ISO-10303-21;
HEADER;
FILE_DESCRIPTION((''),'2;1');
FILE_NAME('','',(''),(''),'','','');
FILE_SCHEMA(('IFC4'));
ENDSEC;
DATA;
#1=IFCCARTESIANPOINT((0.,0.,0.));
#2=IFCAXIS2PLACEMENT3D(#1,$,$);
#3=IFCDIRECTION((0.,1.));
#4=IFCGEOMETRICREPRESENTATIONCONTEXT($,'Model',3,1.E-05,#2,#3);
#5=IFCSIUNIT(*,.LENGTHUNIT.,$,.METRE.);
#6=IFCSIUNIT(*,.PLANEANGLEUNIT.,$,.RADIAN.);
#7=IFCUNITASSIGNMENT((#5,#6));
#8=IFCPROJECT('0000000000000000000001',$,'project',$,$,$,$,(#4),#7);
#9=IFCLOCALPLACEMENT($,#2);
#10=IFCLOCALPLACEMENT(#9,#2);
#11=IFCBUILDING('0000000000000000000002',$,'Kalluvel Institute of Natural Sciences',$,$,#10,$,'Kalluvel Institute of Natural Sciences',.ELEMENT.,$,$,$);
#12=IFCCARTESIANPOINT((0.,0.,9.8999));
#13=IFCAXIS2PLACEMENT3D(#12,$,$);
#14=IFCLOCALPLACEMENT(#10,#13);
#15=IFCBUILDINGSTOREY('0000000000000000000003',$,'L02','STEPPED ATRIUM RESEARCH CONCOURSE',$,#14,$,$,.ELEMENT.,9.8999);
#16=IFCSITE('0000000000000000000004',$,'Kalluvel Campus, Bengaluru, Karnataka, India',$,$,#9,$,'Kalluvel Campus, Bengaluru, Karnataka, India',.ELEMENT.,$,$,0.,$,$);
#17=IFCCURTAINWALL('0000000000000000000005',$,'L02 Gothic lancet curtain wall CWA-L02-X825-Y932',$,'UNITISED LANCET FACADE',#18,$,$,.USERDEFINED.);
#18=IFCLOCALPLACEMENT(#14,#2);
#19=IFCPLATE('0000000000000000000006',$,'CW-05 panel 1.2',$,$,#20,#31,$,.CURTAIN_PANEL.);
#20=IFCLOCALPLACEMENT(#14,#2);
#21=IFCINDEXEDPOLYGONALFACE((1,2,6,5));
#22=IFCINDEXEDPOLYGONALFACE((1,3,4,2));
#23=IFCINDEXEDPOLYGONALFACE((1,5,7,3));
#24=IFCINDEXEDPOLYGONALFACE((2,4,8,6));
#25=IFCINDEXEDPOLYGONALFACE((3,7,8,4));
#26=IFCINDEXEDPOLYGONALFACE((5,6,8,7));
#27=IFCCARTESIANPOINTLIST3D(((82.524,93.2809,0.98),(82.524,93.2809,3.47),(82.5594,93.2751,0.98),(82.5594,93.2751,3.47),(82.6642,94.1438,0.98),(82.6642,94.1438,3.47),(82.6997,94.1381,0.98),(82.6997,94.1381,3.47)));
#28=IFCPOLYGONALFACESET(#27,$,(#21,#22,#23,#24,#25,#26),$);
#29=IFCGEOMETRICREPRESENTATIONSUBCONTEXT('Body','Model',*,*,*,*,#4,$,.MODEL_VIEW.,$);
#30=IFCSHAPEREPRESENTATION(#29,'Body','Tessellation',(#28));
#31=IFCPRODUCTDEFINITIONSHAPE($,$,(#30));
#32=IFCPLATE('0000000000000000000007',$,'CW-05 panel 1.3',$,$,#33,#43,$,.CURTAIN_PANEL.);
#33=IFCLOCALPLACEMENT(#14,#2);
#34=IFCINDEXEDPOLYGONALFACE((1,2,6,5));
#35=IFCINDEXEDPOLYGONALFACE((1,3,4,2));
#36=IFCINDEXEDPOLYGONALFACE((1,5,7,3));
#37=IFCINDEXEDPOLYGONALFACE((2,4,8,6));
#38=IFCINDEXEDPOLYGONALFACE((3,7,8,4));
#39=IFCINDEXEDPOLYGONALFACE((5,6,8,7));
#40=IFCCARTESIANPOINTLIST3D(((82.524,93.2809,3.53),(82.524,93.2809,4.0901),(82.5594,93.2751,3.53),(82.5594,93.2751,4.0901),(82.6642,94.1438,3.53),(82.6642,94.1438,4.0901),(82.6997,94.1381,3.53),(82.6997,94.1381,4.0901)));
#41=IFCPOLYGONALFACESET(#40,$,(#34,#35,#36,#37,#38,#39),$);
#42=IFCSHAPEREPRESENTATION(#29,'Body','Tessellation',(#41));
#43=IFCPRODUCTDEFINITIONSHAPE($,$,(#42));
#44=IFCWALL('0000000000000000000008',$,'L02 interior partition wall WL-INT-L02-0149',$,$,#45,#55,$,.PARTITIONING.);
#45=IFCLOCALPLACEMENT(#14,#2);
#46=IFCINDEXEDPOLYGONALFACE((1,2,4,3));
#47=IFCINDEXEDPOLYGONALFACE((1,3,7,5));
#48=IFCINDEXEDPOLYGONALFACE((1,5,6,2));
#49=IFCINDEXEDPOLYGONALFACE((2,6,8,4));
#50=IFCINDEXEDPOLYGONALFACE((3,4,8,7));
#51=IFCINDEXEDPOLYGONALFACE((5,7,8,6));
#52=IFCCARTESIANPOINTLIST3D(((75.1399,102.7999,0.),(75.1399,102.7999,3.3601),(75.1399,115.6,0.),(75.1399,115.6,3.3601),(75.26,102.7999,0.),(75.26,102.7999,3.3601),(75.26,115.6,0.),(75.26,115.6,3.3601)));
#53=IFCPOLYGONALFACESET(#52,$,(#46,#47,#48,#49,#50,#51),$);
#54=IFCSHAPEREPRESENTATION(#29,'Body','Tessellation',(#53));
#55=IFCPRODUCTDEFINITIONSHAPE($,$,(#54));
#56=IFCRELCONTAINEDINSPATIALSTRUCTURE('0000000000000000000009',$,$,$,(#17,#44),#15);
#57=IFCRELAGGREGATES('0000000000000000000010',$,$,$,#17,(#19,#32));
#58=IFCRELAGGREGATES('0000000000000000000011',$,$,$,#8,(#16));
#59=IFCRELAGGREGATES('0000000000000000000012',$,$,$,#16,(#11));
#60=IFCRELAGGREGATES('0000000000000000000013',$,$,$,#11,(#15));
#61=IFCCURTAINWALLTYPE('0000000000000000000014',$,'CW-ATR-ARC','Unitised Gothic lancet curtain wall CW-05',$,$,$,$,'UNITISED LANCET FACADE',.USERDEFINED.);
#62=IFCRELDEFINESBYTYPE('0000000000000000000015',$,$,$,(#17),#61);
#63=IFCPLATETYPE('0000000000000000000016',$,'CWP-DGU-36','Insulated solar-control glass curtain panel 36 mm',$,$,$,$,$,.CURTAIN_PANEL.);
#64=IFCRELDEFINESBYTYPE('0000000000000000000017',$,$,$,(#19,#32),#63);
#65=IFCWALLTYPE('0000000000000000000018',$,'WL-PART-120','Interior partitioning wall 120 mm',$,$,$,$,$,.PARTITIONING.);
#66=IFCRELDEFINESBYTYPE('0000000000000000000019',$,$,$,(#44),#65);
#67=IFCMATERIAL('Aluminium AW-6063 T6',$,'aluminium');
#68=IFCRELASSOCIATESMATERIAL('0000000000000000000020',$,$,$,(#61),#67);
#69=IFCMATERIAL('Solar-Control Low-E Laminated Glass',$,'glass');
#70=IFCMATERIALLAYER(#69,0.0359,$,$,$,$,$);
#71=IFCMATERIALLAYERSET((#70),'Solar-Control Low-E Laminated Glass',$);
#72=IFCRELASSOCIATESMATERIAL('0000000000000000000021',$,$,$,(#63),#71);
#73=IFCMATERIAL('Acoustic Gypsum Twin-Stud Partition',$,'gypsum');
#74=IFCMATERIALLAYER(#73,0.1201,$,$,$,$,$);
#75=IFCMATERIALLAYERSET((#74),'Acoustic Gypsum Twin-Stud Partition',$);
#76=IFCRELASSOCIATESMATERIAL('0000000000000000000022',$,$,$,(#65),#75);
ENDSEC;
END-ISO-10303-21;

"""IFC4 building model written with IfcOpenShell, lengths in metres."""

from ifc_helpers import new_model, si_unit, direction, frame, frame_2d, origin, origin_2d, place, context, subcontext, project, spatial, rectangle, extrude, material, layer, layer_set, type_object, element, aggregate, save


model = new_model("IFC4")

# Units and contexts
model_context = context("Model", 3, precision=1e-05, world=origin(), true_north=direction((0.0, 1.0)))
body_context = subcontext(model_context, "Body", "Model", "MODEL_VIEW")
ifc_project = project(units=[si_unit("LENGTHUNIT", "METRE"), si_unit("PLANEANGLEUNIT", "RADIAN")], contexts=[model_context])

# Site, building, storey
site_placement = place(None, origin())
site = spatial("IfcSite", under=ifc_project, at=site_placement, Name="Kalluvel Campus, Bengaluru, Karnataka, India", LongName="Kalluvel Campus, Bengaluru, Karnataka, India", CompositionType="ELEMENT", RefElevation=0.0)
building_placement = place(site_placement, origin())
building = spatial("IfcBuilding", under=site, at=building_placement, Name="Kalluvel Institute of Natural Sciences", LongName="Kalluvel Institute of Natural Sciences", CompositionType="ELEMENT")
storey_placement = place(building_placement, frame((0.0, 0.0, 9.8999)))
storey = spatial("IfcBuildingStorey", under=building, at=storey_placement, Name="L02", Description="STEPPED ATRIUM RESEARCH CONCOURSE", CompositionType="ELEMENT", Elevation=9.8999)

# Shared definitions
ifc_material_1 = material(Name="Aluminium AW-6063 T6", Category="aluminium")
curtain_wall_type = type_object("IfcCurtainWallType", Name="CW-ATR-ARC", Description="Unitised Gothic lancet curtain wall CW-05", ElementType="UNITISED LANCET FACADE", PredefinedType="USERDEFINED", material=ifc_material_1)

# Curtain wall
curtain_wall_1_placement = place(storey_placement, origin())
curtain_wall_1 = element("IfcCurtainWall", 1, at=curtain_wall_1_placement, inside=storey, type_object=curtain_wall_type, Name="L02 Gothic lancet curtain wall CWA-L02-X825-Y932", ObjectType="UNITISED LANCET FACADE", PredefinedType="USERDEFINED")

# Plates
ifc_material_2 = material(Name="Solar-Control Low-E Laminated Glass", Category="glass")
ifc_layer_1 = layer(ifc_material_2, 0.0359)
ifc_layer_set_1 = layer_set([ifc_layer_1], Name="Solar-Control Low-E Laminated Glass")
plate_type = type_object("IfcPlateType", Name="CWP-DGU-36", Description="Insulated solar-control glass curtain panel 36 mm", PredefinedType="CURTAIN_PANEL", material=ifc_layer_set_1)
plate_1_placement = place(storey_placement, frame((82.6118, 93.7095, 0.98), z_axis=(0.0, 0.0, 1.0), x_axis=(0.160417, 0.987049, 0.0)))
plate_1 = element("IfcPlate", 2, at=plate_1_placement, type_object=plate_type, Name="CW-05 panel 1.2", PredefinedType="CURTAIN_PANEL", context=body_context, shape_type="SweptSolid", body=[
    extrude(rectangle(XDim=0.8743, YDim=0.0359, at=origin_2d()), origin(), (0.0, 0.0, 1.0), 2.49),
])
plate_2_placement = place(storey_placement, frame((82.6118, 93.7095, 3.53), z_axis=(0.0, 0.0, 1.0), x_axis=(0.160417, 0.987049, 0.0)))
plate_2 = element("IfcPlate", 3, at=plate_2_placement, type_object=plate_type, Name="CW-05 panel 1.3", PredefinedType="CURTAIN_PANEL", context=body_context, shape_type="SweptSolid", body=[
    extrude(rectangle(XDim=0.8743, YDim=0.0359, at=origin_2d()), origin(), (0.0, 0.0, 1.0), 0.5601),
])
aggregate(curtain_wall_1, [plate_1, plate_2])

# Wall
ifc_material_3 = material(Name="Acoustic Gypsum Twin-Stud Partition", Category="gypsum")
ifc_layer_2 = layer(ifc_material_3, 0.1201)
ifc_layer_set_2 = layer_set([ifc_layer_2], Name="Acoustic Gypsum Twin-Stud Partition")
wall_type = type_object("IfcWallType", Name="WL-PART-120", Description="Interior partitioning wall 120 mm", PredefinedType="PARTITIONING", material=ifc_layer_set_2)
wall_placement = place(storey_placement, frame((75.2, 102.8, 0.0), z_axis=(0.0, 0.0, 1.0), x_axis=(0.0, 1.0, 0.0)))
element("IfcWall", 4, at=wall_placement, inside=storey, type_object=wall_type, Name="L02 interior partition wall WL-INT-L02-0149", PredefinedType="PARTITIONING", context=body_context, shape_type="SweptSolid", body=[
    extrude(rectangle(XDim=12.8, YDim=0.1201, at=frame_2d((6.3999, 0.0))), origin(), (0.0, 0.0, 1.0), 3.3601),
])

save(model, "model.ifc")
